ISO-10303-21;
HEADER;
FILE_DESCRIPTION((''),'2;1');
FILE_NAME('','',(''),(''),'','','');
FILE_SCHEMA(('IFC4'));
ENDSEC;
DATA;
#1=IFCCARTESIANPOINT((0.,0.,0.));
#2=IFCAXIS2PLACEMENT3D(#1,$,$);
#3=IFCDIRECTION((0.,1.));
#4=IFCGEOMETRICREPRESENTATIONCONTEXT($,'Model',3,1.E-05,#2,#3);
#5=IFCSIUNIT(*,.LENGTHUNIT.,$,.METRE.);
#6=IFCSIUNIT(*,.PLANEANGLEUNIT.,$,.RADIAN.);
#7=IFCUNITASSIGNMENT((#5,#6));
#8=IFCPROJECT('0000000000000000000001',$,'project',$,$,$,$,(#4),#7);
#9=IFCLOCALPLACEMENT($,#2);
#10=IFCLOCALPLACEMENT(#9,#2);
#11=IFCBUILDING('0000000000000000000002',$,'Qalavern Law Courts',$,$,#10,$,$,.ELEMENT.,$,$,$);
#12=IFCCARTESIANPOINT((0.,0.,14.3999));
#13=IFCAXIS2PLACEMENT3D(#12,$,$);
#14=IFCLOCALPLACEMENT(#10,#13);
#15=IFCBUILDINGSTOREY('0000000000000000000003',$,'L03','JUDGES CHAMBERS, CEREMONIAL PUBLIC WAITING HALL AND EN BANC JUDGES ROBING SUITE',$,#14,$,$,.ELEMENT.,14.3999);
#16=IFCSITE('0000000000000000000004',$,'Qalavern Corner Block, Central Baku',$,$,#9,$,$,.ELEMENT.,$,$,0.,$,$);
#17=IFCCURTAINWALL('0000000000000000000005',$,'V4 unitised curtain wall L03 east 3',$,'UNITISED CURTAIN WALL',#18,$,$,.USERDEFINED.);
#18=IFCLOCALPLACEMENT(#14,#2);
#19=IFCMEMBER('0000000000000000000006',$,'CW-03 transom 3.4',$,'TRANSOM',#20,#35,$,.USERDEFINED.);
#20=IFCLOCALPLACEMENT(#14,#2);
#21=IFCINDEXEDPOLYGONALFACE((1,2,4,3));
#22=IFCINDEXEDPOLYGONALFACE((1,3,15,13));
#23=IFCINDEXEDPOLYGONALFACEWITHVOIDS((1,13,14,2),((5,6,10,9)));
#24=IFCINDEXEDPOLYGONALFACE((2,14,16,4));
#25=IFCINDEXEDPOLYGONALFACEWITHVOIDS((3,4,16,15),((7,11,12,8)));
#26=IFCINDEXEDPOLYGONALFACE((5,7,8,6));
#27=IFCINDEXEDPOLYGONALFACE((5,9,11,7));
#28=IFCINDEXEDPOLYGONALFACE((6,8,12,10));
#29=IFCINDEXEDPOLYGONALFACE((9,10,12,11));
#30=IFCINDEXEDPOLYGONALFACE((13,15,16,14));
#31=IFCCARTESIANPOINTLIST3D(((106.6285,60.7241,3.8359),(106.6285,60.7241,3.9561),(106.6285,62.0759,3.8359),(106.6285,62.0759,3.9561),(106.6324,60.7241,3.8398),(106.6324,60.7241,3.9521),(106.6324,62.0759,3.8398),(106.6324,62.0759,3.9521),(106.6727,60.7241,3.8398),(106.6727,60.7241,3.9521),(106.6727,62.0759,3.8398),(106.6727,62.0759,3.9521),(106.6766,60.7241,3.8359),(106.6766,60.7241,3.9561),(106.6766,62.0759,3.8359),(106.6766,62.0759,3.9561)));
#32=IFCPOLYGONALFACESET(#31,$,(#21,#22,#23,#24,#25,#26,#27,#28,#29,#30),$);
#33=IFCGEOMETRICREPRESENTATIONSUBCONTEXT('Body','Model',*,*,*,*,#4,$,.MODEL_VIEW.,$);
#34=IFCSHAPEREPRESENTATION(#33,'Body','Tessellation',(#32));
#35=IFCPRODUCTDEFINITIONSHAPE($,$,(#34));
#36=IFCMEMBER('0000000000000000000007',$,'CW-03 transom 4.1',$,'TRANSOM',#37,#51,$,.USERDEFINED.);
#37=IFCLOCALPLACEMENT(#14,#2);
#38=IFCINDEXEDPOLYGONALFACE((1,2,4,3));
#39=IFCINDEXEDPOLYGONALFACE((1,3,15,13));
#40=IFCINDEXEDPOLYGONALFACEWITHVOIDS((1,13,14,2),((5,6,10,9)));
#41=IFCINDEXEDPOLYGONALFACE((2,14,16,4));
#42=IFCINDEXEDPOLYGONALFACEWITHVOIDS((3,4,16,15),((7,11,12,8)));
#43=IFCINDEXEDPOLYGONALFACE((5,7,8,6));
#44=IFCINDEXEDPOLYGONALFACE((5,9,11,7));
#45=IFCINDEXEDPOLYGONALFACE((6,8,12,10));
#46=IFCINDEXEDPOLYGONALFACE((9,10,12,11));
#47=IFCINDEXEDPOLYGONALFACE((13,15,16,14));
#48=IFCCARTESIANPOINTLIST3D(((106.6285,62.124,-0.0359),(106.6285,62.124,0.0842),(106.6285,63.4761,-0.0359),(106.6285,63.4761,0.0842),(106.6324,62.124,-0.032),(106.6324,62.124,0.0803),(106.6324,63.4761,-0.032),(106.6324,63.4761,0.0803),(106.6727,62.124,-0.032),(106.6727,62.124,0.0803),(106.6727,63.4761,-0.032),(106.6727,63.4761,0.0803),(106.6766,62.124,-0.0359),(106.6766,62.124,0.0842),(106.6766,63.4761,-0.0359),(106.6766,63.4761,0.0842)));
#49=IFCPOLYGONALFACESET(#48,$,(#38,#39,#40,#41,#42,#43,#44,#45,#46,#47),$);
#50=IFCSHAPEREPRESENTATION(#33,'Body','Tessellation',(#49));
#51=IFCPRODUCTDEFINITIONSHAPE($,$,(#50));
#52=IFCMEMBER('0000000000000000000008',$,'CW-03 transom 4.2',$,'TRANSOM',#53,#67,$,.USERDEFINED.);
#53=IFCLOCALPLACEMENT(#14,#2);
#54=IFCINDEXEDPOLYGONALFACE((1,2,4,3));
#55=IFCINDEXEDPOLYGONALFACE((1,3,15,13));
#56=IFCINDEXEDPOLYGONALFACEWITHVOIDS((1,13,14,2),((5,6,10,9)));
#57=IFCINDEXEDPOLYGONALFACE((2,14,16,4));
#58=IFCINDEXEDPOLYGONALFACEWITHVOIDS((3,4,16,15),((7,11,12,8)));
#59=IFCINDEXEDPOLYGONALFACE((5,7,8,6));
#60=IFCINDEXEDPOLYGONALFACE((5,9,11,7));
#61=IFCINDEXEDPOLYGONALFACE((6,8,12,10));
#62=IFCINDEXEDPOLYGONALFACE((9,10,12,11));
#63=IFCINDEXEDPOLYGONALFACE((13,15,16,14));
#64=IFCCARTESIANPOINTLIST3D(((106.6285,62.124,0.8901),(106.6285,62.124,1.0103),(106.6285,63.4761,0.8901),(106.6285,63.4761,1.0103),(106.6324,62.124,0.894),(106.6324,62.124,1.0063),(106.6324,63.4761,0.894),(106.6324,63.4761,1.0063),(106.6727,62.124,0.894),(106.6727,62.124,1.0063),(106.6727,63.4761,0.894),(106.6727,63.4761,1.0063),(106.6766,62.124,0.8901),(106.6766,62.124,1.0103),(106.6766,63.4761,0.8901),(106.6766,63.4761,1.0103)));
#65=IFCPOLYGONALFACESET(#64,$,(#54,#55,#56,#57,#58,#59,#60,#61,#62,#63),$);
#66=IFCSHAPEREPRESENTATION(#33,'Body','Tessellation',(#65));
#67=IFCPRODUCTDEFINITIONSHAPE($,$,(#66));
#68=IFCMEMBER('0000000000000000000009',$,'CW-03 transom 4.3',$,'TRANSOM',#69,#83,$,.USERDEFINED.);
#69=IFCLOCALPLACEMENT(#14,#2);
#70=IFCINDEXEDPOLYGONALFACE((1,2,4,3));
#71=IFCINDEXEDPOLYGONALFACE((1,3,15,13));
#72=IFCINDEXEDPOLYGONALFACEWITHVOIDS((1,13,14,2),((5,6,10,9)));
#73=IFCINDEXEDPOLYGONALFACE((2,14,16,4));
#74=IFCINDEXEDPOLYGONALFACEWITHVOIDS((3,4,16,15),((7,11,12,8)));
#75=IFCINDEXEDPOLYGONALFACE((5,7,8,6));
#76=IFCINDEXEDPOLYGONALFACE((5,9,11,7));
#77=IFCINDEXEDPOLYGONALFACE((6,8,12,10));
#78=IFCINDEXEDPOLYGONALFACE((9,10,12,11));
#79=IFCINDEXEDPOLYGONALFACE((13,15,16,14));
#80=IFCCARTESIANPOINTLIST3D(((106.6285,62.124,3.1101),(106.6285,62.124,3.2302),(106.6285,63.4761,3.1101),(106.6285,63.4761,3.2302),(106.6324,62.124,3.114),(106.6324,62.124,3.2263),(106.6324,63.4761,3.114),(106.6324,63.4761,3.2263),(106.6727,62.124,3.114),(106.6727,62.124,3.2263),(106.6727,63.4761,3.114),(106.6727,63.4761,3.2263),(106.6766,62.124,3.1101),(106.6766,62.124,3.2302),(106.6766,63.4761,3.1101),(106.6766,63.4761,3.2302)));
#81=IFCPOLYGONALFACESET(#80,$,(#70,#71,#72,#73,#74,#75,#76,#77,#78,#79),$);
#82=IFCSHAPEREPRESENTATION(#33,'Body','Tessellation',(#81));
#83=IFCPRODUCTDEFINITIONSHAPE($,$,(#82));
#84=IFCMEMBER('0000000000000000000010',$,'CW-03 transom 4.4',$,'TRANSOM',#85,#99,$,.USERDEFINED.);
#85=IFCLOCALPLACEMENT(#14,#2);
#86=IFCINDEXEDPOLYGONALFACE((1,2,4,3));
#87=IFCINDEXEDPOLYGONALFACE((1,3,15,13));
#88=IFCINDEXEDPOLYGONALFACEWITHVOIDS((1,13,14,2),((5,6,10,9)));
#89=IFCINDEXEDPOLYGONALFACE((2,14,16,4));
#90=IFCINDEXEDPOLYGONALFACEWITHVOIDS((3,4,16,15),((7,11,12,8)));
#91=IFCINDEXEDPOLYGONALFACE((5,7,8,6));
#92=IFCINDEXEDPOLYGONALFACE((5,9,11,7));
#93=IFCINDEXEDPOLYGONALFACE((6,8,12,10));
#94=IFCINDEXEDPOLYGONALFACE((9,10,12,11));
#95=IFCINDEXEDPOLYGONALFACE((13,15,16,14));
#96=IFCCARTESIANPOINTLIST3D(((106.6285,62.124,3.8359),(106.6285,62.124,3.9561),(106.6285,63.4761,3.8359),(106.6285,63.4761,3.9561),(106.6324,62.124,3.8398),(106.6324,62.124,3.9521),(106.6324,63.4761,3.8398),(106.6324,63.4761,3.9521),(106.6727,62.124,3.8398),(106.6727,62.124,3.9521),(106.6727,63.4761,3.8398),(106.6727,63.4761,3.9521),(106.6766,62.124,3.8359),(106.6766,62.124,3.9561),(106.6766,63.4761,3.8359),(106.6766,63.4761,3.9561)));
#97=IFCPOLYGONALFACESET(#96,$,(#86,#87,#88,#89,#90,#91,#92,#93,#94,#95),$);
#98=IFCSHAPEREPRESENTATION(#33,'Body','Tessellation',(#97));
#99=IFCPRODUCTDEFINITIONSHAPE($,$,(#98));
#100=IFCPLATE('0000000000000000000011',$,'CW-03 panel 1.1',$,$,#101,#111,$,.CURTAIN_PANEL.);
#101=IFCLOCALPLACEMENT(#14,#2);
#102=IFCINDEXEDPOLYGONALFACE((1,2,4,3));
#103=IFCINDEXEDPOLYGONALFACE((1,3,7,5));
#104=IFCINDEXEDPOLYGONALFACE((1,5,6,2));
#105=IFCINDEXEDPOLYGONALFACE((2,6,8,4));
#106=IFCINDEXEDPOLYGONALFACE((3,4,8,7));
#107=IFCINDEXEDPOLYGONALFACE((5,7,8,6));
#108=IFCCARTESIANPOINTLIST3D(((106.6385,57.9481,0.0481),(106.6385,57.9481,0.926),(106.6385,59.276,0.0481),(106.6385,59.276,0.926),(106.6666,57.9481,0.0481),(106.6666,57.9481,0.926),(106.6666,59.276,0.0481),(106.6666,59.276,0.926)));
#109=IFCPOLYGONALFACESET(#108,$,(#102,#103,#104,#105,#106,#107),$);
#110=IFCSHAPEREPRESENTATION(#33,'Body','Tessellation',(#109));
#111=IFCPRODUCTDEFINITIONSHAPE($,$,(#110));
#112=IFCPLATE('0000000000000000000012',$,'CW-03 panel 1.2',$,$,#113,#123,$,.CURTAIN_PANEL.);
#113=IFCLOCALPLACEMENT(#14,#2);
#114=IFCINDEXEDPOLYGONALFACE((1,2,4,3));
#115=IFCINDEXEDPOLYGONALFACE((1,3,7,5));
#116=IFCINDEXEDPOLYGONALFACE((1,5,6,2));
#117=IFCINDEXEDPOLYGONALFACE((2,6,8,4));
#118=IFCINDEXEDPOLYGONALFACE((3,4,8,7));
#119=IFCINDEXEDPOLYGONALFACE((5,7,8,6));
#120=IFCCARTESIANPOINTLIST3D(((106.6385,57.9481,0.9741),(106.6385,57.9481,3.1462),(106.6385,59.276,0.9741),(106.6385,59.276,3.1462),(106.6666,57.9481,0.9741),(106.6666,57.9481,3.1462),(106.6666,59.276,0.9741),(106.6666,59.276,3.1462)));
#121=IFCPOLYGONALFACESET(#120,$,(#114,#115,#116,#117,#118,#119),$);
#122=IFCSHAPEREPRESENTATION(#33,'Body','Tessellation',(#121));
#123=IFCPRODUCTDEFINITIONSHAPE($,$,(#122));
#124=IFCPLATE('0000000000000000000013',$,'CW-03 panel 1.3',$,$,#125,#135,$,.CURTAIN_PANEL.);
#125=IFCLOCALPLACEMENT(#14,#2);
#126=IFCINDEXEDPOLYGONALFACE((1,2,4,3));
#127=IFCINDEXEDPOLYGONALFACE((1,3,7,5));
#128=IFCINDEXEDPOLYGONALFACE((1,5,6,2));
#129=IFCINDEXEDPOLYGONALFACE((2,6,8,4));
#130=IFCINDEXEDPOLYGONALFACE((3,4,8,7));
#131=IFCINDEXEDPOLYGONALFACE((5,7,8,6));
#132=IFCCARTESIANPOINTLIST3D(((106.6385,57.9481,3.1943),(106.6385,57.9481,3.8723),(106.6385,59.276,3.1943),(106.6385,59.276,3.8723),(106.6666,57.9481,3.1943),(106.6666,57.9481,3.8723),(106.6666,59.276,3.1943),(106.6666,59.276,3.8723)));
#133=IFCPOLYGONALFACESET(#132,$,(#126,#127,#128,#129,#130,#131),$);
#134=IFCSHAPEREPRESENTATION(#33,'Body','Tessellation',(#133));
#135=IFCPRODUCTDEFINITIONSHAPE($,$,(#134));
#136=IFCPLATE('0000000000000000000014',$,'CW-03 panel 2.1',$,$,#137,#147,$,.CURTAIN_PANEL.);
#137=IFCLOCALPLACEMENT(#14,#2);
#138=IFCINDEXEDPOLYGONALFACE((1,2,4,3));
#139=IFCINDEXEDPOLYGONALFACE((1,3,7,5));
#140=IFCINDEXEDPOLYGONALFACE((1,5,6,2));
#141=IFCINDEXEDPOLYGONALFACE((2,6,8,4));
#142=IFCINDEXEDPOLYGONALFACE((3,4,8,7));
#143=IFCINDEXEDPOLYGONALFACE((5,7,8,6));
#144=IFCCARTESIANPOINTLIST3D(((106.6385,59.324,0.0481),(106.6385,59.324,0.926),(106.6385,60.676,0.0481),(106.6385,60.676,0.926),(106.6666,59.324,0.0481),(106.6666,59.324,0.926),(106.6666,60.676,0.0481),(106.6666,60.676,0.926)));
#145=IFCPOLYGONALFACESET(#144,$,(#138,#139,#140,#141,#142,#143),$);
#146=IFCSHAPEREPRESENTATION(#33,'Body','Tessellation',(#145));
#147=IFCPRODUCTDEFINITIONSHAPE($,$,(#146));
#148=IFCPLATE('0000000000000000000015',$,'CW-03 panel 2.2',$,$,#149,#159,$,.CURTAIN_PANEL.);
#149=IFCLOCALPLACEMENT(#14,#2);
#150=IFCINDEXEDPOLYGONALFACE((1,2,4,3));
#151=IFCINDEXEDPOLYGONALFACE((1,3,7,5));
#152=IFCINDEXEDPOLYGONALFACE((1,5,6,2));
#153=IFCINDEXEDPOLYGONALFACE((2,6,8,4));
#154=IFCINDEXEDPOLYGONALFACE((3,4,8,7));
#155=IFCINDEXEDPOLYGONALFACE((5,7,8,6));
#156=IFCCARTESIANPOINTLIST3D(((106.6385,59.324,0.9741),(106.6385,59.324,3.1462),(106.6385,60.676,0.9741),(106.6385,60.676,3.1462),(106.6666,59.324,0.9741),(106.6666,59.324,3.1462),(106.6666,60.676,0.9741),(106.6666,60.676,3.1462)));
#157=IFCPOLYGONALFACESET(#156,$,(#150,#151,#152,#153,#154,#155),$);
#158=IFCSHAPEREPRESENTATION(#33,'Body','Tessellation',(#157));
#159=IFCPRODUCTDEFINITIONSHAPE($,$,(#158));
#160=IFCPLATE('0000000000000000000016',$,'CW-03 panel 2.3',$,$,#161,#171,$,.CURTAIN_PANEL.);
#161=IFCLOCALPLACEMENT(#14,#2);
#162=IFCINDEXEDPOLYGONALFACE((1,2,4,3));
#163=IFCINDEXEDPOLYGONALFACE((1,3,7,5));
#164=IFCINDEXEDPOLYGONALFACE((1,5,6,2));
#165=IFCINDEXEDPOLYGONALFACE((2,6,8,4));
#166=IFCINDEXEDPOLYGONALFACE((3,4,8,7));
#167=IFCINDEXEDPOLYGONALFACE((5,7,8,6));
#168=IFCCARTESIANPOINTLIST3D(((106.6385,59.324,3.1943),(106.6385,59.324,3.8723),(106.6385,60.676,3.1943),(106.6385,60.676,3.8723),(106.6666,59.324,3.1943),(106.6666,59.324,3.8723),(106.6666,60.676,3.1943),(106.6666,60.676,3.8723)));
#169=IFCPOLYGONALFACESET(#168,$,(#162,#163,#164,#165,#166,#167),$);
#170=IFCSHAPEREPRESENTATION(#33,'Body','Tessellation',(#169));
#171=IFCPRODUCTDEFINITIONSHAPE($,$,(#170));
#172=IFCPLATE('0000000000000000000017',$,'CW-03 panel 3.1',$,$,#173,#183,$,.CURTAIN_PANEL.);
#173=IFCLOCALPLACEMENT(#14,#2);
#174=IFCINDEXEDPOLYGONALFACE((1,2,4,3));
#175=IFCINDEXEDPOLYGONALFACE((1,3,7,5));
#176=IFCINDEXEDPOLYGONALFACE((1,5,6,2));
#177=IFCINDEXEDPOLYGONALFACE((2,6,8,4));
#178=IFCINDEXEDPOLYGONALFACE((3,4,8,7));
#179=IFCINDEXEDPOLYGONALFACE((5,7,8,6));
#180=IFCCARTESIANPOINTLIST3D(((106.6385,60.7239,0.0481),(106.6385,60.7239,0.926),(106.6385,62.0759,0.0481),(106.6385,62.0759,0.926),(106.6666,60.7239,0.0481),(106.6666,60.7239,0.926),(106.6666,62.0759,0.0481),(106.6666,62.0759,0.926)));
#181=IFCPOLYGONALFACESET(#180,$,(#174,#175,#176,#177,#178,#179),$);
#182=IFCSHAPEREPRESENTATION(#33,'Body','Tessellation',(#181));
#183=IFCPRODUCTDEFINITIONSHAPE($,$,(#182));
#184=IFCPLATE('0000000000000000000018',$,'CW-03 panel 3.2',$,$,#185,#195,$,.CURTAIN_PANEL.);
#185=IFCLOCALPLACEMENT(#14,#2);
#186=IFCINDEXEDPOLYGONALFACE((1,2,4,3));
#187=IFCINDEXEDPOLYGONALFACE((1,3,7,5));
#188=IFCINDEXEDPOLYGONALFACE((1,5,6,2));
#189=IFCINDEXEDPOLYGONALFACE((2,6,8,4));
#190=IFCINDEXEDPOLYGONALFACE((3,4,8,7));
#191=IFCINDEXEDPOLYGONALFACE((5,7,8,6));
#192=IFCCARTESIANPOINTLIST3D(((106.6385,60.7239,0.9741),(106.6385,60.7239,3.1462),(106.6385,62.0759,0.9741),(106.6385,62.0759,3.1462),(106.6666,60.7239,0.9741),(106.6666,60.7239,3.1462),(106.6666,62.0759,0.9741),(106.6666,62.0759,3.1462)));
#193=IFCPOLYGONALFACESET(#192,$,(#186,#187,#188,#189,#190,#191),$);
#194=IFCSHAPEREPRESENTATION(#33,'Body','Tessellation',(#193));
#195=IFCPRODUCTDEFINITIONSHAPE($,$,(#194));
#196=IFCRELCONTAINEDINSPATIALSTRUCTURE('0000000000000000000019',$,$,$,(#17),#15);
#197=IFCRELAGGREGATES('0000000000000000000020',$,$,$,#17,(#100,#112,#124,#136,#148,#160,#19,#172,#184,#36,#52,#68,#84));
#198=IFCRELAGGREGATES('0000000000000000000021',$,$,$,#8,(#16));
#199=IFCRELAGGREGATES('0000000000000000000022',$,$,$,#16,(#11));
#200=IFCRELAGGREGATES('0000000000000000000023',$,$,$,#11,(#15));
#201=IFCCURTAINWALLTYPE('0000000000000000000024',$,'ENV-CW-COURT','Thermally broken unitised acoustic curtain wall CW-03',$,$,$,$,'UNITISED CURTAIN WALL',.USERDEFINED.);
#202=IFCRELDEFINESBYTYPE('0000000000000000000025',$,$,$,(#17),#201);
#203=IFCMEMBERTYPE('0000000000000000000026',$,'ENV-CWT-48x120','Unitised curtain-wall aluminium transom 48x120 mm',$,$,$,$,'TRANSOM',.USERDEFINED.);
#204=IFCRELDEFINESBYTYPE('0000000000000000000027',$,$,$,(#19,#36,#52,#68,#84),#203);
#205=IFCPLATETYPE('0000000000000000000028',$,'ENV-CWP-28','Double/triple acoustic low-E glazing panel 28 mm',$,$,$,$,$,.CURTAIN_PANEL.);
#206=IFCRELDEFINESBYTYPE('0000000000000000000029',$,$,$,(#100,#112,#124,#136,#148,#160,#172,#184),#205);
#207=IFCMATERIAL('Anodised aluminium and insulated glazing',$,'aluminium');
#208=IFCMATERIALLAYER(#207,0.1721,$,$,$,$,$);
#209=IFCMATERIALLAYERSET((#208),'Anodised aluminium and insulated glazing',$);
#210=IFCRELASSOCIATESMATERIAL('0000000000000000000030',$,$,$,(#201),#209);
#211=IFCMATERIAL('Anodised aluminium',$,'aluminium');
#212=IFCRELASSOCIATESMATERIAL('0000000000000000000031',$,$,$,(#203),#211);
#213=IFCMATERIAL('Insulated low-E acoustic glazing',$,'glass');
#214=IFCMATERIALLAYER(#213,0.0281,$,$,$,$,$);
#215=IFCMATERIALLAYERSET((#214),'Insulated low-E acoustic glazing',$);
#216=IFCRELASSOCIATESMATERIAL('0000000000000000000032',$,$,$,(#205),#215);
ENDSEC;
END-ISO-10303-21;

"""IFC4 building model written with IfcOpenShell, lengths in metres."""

from ifc_helpers import new_model, si_unit, direction, frame, origin, origin_2d, place, context, subcontext, project, spatial, rectangle, hollow_rectangle, extrude, material, layer, layer_set, material_profile, profile_set, type_object, element, aggregate, save


model = new_model("IFC4")

# Units and contexts
model_context = context("Model", 3, precision=1e-05, world=origin(), true_north=direction((0.0, 1.0)))
body_context = subcontext(model_context, "Body", "Model", "MODEL_VIEW")
ifc_project = project(units=[si_unit("LENGTHUNIT", "METRE"), si_unit("PLANEANGLEUNIT", "RADIAN")], contexts=[model_context])

# Site, building, storey
site_placement = place(None, origin())
site = spatial("IfcSite", under=ifc_project, at=site_placement, Name="Qalavern Corner Block, Central Baku", CompositionType="ELEMENT", RefElevation=0.0)
building_placement = place(site_placement, origin())
building = spatial("IfcBuilding", under=site, at=building_placement, Name="Qalavern Law Courts", CompositionType="ELEMENT")
storey_placement = place(building_placement, frame((0.0, 0.0, 14.3999)))
storey = spatial("IfcBuildingStorey", under=building, at=storey_placement, Name="L03", Description="JUDGES CHAMBERS, CEREMONIAL PUBLIC WAITING HALL AND EN BANC JUDGES ROBING SUITE", CompositionType="ELEMENT", Elevation=14.3999)

# Curtain wall, members, plates
ifc_material_1 = material(Name="Anodised aluminium and insulated glazing", Category="aluminium")
ifc_layer_1 = layer(ifc_material_1, 0.1721)
ifc_layer_set_1 = layer_set([ifc_layer_1], Name="Anodised aluminium and insulated glazing")
curtain_wall_type = type_object("IfcCurtainWallType", Name="ENV-CW-COURT", Description="Thermally broken unitised acoustic curtain wall CW-03", ElementType="UNITISED CURTAIN WALL", PredefinedType="USERDEFINED", material=ifc_layer_set_1)
curtain_wall_placement = place(storey_placement, origin())
curtain_wall = element("IfcCurtainWall", 1, at=curtain_wall_placement, inside=storey, type_object=curtain_wall_type, Name="V4 unitised curtain wall L03 east 3", ObjectType="UNITISED CURTAIN WALL", PredefinedType="USERDEFINED")
ifc_material_2 = material(Name="Anodised aluminium", Category="aluminium")
ifc_material_profile_1 = material_profile(ifc_material_2, hollow_rectangle(XDim=0.0481, YDim=0.1201, WallThickness=0.0039, at=origin_2d()), Name="ALU TRANSOM 48x120")
ifc_profile_set_1 = profile_set([ifc_material_profile_1], Name="Anodised aluminium")
member_type_1 = type_object("IfcMemberType", Name="ENV-CWT-48x120", Description="Unitised curtain-wall aluminium transom 48x120 mm", ElementType="TRANSOM", PredefinedType="USERDEFINED", material=ifc_profile_set_1)
member_1_placement = place(storey_placement, frame((106.6526, 60.7241, 3.896), z_axis=(0.0, 1.0, 0.0), x_axis=(-1.0, 0.0, 0.0)))
member_1 = element("IfcMember", 2, at=member_1_placement, type_object=member_type_1, Name="CW-03 transom 3.4", ObjectType="TRANSOM", PredefinedType="USERDEFINED", context=body_context, shape_type="SweptSolid", body=[
    extrude(hollow_rectangle(XDim=0.0481, YDim=0.1201, WallThickness=0.0039, at=origin_2d()), origin(), (0.0, 0.0, 1.0), 1.3518),
])
member_2_placement = place(storey_placement, frame((106.6526, 62.124, 0.0242), z_axis=(0.0, 1.0, 0.0), x_axis=(-1.0, 0.0, 0.0)))
member_2 = element("IfcMember", 3, at=member_2_placement, type_object=member_type_1, Name="CW-03 transom 4.1", ObjectType="TRANSOM", PredefinedType="USERDEFINED", context=body_context, shape_type="SweptSolid", body=[
    extrude(hollow_rectangle(XDim=0.0481, YDim=0.1201, WallThickness=0.0039, at=origin_2d()), origin(), (0.0, 0.0, 1.0), 1.3521),
])
member_3_placement = place(storey_placement, frame((106.6526, 62.124, 0.9502), z_axis=(0.0, 1.0, 0.0), x_axis=(-1.0, 0.0, 0.0)))
member_3 = element("IfcMember", 4, at=member_3_placement, type_object=member_type_1, Name="CW-03 transom 4.2", ObjectType="TRANSOM", PredefinedType="USERDEFINED", context=body_context, shape_type="SweptSolid", body=[
    extrude(hollow_rectangle(XDim=0.0481, YDim=0.1201, WallThickness=0.0039, at=origin_2d()), origin(), (0.0, 0.0, 1.0), 1.3521),
])
member_4_placement = place(storey_placement, frame((106.6526, 62.124, 3.1702), z_axis=(0.0, 1.0, 0.0), x_axis=(-1.0, 0.0, 0.0)))
member_4 = element("IfcMember", 5, at=member_4_placement, type_object=member_type_1, Name="CW-03 transom 4.3", ObjectType="TRANSOM", PredefinedType="USERDEFINED", context=body_context, shape_type="SweptSolid", body=[
    extrude(hollow_rectangle(XDim=0.0481, YDim=0.1201, WallThickness=0.0039, at=origin_2d()), origin(), (0.0, 0.0, 1.0), 1.3521),
])
member_5_placement = place(storey_placement, frame((106.6526, 62.124, 3.896), z_axis=(0.0, 1.0, 0.0), x_axis=(-1.0, 0.0, 0.0)))
member_5 = element("IfcMember", 6, at=member_5_placement, type_object=member_type_1, Name="CW-03 transom 4.4", ObjectType="TRANSOM", PredefinedType="USERDEFINED", context=body_context, shape_type="SweptSolid", body=[
    extrude(hollow_rectangle(XDim=0.0481, YDim=0.1201, WallThickness=0.0039, at=origin_2d()), origin(), (0.0, 0.0, 1.0), 1.3521),
])
ifc_material_3 = material(Name="Insulated low-E acoustic glazing", Category="glass")
ifc_layer_2 = layer(ifc_material_3, 0.0281)
ifc_layer_set_2 = layer_set([ifc_layer_2], Name="Insulated low-E acoustic glazing")
plate_type = type_object("IfcPlateType", Name="ENV-CWP-28", Description="Double/triple acoustic low-E glazing panel 28 mm", PredefinedType="CURTAIN_PANEL", material=ifc_layer_set_2)
plate_1_placement = place(storey_placement, frame((106.6526, 58.6121, 0.0481), z_axis=(0.0, 0.0, 1.0), x_axis=(0.0, 1.0, 0.0)))
plate_1 = element("IfcPlate", 7, at=plate_1_placement, type_object=plate_type, Name="CW-03 panel 1.1", PredefinedType="CURTAIN_PANEL", context=body_context, shape_type="SweptSolid", body=[
    extrude(rectangle(XDim=1.3279, YDim=0.0281, at=origin_2d()), origin(), (0.0, 0.0, 1.0), 0.8779),
])
plate_2_placement = place(storey_placement, frame((106.6526, 58.6121, 0.9741), z_axis=(0.0, 0.0, 1.0), x_axis=(0.0, 1.0, 0.0)))
plate_2 = element("IfcPlate", 8, at=plate_2_placement, type_object=plate_type, Name="CW-03 panel 1.2", PredefinedType="CURTAIN_PANEL", context=body_context, shape_type="SweptSolid", body=[
    extrude(rectangle(XDim=1.3279, YDim=0.0281, at=origin_2d()), origin(), (0.0, 0.0, 1.0), 2.1721),
])
plate_3_placement = place(storey_placement, frame((106.6526, 58.6121, 3.1943), z_axis=(0.0, 0.0, 1.0), x_axis=(0.0, 1.0, 0.0)))
plate_3 = element("IfcPlate", 9, at=plate_3_placement, type_object=plate_type, Name="CW-03 panel 1.3", PredefinedType="CURTAIN_PANEL", context=body_context, shape_type="SweptSolid", body=[
    extrude(rectangle(XDim=1.3279, YDim=0.0281, at=origin_2d()), origin(), (0.0, 0.0, 1.0), 0.678),
])
plate_4_placement = place(storey_placement, frame((106.6526, 60.0, 0.0481), z_axis=(0.0, 0.0, 1.0), x_axis=(0.0, 1.0, 0.0)))
plate_4 = element("IfcPlate", 10, at=plate_4_placement, type_object=plate_type, Name="CW-03 panel 2.1", PredefinedType="CURTAIN_PANEL", context=body_context, shape_type="SweptSolid", body=[
    extrude(rectangle(XDim=1.3521, YDim=0.0281, at=origin_2d()), origin(), (0.0, 0.0, 1.0), 0.8779),
])
plate_5_placement = place(storey_placement, frame((106.6526, 60.0, 0.9741), z_axis=(0.0, 0.0, 1.0), x_axis=(0.0, 1.0, 0.0)))
plate_5 = element("IfcPlate", 11, at=plate_5_placement, type_object=plate_type, Name="CW-03 panel 2.2", PredefinedType="CURTAIN_PANEL", context=body_context, shape_type="SweptSolid", body=[
    extrude(rectangle(XDim=1.3521, YDim=0.0281, at=origin_2d()), origin(), (0.0, 0.0, 1.0), 2.1721),
])
plate_6_placement = place(storey_placement, frame((106.6526, 60.0, 3.1943), z_axis=(0.0, 0.0, 1.0), x_axis=(0.0, 1.0, 0.0)))
plate_6 = element("IfcPlate", 12, at=plate_6_placement, type_object=plate_type, Name="CW-03 panel 2.3", PredefinedType="CURTAIN_PANEL", context=body_context, shape_type="SweptSolid", body=[
    extrude(rectangle(XDim=1.3521, YDim=0.0281, at=origin_2d()), origin(), (0.0, 0.0, 1.0), 0.678),
])
plate_7_placement = place(storey_placement, frame((106.6526, 61.3999, 0.0481), z_axis=(0.0, 0.0, 1.0), x_axis=(0.0, 1.0, 0.0)))
plate_7 = element("IfcPlate", 13, at=plate_7_placement, type_object=plate_type, Name="CW-03 panel 3.1", PredefinedType="CURTAIN_PANEL", context=body_context, shape_type="SweptSolid", body=[
    extrude(rectangle(XDim=1.3521, YDim=0.0281, at=origin_2d()), origin(), (0.0, 0.0, 1.0), 0.8779),
])
plate_8_placement = place(storey_placement, frame((106.6526, 61.3999, 0.9741), z_axis=(0.0, 0.0, 1.0), x_axis=(0.0, 1.0, 0.0)))
plate_8 = element("IfcPlate", 14, at=plate_8_placement, type_object=plate_type, Name="CW-03 panel 3.2", PredefinedType="CURTAIN_PANEL", context=body_context, shape_type="SweptSolid", body=[
    extrude(rectangle(XDim=1.3521, YDim=0.0281, at=origin_2d()), origin(), (0.0, 0.0, 1.0), 2.1721),
])
aggregate(curtain_wall, [plate_1, plate_2, plate_3, plate_4, plate_5, plate_6, member_1, plate_7, plate_8, member_2, member_3, member_4, member_5])

save(model, "model.ifc")
